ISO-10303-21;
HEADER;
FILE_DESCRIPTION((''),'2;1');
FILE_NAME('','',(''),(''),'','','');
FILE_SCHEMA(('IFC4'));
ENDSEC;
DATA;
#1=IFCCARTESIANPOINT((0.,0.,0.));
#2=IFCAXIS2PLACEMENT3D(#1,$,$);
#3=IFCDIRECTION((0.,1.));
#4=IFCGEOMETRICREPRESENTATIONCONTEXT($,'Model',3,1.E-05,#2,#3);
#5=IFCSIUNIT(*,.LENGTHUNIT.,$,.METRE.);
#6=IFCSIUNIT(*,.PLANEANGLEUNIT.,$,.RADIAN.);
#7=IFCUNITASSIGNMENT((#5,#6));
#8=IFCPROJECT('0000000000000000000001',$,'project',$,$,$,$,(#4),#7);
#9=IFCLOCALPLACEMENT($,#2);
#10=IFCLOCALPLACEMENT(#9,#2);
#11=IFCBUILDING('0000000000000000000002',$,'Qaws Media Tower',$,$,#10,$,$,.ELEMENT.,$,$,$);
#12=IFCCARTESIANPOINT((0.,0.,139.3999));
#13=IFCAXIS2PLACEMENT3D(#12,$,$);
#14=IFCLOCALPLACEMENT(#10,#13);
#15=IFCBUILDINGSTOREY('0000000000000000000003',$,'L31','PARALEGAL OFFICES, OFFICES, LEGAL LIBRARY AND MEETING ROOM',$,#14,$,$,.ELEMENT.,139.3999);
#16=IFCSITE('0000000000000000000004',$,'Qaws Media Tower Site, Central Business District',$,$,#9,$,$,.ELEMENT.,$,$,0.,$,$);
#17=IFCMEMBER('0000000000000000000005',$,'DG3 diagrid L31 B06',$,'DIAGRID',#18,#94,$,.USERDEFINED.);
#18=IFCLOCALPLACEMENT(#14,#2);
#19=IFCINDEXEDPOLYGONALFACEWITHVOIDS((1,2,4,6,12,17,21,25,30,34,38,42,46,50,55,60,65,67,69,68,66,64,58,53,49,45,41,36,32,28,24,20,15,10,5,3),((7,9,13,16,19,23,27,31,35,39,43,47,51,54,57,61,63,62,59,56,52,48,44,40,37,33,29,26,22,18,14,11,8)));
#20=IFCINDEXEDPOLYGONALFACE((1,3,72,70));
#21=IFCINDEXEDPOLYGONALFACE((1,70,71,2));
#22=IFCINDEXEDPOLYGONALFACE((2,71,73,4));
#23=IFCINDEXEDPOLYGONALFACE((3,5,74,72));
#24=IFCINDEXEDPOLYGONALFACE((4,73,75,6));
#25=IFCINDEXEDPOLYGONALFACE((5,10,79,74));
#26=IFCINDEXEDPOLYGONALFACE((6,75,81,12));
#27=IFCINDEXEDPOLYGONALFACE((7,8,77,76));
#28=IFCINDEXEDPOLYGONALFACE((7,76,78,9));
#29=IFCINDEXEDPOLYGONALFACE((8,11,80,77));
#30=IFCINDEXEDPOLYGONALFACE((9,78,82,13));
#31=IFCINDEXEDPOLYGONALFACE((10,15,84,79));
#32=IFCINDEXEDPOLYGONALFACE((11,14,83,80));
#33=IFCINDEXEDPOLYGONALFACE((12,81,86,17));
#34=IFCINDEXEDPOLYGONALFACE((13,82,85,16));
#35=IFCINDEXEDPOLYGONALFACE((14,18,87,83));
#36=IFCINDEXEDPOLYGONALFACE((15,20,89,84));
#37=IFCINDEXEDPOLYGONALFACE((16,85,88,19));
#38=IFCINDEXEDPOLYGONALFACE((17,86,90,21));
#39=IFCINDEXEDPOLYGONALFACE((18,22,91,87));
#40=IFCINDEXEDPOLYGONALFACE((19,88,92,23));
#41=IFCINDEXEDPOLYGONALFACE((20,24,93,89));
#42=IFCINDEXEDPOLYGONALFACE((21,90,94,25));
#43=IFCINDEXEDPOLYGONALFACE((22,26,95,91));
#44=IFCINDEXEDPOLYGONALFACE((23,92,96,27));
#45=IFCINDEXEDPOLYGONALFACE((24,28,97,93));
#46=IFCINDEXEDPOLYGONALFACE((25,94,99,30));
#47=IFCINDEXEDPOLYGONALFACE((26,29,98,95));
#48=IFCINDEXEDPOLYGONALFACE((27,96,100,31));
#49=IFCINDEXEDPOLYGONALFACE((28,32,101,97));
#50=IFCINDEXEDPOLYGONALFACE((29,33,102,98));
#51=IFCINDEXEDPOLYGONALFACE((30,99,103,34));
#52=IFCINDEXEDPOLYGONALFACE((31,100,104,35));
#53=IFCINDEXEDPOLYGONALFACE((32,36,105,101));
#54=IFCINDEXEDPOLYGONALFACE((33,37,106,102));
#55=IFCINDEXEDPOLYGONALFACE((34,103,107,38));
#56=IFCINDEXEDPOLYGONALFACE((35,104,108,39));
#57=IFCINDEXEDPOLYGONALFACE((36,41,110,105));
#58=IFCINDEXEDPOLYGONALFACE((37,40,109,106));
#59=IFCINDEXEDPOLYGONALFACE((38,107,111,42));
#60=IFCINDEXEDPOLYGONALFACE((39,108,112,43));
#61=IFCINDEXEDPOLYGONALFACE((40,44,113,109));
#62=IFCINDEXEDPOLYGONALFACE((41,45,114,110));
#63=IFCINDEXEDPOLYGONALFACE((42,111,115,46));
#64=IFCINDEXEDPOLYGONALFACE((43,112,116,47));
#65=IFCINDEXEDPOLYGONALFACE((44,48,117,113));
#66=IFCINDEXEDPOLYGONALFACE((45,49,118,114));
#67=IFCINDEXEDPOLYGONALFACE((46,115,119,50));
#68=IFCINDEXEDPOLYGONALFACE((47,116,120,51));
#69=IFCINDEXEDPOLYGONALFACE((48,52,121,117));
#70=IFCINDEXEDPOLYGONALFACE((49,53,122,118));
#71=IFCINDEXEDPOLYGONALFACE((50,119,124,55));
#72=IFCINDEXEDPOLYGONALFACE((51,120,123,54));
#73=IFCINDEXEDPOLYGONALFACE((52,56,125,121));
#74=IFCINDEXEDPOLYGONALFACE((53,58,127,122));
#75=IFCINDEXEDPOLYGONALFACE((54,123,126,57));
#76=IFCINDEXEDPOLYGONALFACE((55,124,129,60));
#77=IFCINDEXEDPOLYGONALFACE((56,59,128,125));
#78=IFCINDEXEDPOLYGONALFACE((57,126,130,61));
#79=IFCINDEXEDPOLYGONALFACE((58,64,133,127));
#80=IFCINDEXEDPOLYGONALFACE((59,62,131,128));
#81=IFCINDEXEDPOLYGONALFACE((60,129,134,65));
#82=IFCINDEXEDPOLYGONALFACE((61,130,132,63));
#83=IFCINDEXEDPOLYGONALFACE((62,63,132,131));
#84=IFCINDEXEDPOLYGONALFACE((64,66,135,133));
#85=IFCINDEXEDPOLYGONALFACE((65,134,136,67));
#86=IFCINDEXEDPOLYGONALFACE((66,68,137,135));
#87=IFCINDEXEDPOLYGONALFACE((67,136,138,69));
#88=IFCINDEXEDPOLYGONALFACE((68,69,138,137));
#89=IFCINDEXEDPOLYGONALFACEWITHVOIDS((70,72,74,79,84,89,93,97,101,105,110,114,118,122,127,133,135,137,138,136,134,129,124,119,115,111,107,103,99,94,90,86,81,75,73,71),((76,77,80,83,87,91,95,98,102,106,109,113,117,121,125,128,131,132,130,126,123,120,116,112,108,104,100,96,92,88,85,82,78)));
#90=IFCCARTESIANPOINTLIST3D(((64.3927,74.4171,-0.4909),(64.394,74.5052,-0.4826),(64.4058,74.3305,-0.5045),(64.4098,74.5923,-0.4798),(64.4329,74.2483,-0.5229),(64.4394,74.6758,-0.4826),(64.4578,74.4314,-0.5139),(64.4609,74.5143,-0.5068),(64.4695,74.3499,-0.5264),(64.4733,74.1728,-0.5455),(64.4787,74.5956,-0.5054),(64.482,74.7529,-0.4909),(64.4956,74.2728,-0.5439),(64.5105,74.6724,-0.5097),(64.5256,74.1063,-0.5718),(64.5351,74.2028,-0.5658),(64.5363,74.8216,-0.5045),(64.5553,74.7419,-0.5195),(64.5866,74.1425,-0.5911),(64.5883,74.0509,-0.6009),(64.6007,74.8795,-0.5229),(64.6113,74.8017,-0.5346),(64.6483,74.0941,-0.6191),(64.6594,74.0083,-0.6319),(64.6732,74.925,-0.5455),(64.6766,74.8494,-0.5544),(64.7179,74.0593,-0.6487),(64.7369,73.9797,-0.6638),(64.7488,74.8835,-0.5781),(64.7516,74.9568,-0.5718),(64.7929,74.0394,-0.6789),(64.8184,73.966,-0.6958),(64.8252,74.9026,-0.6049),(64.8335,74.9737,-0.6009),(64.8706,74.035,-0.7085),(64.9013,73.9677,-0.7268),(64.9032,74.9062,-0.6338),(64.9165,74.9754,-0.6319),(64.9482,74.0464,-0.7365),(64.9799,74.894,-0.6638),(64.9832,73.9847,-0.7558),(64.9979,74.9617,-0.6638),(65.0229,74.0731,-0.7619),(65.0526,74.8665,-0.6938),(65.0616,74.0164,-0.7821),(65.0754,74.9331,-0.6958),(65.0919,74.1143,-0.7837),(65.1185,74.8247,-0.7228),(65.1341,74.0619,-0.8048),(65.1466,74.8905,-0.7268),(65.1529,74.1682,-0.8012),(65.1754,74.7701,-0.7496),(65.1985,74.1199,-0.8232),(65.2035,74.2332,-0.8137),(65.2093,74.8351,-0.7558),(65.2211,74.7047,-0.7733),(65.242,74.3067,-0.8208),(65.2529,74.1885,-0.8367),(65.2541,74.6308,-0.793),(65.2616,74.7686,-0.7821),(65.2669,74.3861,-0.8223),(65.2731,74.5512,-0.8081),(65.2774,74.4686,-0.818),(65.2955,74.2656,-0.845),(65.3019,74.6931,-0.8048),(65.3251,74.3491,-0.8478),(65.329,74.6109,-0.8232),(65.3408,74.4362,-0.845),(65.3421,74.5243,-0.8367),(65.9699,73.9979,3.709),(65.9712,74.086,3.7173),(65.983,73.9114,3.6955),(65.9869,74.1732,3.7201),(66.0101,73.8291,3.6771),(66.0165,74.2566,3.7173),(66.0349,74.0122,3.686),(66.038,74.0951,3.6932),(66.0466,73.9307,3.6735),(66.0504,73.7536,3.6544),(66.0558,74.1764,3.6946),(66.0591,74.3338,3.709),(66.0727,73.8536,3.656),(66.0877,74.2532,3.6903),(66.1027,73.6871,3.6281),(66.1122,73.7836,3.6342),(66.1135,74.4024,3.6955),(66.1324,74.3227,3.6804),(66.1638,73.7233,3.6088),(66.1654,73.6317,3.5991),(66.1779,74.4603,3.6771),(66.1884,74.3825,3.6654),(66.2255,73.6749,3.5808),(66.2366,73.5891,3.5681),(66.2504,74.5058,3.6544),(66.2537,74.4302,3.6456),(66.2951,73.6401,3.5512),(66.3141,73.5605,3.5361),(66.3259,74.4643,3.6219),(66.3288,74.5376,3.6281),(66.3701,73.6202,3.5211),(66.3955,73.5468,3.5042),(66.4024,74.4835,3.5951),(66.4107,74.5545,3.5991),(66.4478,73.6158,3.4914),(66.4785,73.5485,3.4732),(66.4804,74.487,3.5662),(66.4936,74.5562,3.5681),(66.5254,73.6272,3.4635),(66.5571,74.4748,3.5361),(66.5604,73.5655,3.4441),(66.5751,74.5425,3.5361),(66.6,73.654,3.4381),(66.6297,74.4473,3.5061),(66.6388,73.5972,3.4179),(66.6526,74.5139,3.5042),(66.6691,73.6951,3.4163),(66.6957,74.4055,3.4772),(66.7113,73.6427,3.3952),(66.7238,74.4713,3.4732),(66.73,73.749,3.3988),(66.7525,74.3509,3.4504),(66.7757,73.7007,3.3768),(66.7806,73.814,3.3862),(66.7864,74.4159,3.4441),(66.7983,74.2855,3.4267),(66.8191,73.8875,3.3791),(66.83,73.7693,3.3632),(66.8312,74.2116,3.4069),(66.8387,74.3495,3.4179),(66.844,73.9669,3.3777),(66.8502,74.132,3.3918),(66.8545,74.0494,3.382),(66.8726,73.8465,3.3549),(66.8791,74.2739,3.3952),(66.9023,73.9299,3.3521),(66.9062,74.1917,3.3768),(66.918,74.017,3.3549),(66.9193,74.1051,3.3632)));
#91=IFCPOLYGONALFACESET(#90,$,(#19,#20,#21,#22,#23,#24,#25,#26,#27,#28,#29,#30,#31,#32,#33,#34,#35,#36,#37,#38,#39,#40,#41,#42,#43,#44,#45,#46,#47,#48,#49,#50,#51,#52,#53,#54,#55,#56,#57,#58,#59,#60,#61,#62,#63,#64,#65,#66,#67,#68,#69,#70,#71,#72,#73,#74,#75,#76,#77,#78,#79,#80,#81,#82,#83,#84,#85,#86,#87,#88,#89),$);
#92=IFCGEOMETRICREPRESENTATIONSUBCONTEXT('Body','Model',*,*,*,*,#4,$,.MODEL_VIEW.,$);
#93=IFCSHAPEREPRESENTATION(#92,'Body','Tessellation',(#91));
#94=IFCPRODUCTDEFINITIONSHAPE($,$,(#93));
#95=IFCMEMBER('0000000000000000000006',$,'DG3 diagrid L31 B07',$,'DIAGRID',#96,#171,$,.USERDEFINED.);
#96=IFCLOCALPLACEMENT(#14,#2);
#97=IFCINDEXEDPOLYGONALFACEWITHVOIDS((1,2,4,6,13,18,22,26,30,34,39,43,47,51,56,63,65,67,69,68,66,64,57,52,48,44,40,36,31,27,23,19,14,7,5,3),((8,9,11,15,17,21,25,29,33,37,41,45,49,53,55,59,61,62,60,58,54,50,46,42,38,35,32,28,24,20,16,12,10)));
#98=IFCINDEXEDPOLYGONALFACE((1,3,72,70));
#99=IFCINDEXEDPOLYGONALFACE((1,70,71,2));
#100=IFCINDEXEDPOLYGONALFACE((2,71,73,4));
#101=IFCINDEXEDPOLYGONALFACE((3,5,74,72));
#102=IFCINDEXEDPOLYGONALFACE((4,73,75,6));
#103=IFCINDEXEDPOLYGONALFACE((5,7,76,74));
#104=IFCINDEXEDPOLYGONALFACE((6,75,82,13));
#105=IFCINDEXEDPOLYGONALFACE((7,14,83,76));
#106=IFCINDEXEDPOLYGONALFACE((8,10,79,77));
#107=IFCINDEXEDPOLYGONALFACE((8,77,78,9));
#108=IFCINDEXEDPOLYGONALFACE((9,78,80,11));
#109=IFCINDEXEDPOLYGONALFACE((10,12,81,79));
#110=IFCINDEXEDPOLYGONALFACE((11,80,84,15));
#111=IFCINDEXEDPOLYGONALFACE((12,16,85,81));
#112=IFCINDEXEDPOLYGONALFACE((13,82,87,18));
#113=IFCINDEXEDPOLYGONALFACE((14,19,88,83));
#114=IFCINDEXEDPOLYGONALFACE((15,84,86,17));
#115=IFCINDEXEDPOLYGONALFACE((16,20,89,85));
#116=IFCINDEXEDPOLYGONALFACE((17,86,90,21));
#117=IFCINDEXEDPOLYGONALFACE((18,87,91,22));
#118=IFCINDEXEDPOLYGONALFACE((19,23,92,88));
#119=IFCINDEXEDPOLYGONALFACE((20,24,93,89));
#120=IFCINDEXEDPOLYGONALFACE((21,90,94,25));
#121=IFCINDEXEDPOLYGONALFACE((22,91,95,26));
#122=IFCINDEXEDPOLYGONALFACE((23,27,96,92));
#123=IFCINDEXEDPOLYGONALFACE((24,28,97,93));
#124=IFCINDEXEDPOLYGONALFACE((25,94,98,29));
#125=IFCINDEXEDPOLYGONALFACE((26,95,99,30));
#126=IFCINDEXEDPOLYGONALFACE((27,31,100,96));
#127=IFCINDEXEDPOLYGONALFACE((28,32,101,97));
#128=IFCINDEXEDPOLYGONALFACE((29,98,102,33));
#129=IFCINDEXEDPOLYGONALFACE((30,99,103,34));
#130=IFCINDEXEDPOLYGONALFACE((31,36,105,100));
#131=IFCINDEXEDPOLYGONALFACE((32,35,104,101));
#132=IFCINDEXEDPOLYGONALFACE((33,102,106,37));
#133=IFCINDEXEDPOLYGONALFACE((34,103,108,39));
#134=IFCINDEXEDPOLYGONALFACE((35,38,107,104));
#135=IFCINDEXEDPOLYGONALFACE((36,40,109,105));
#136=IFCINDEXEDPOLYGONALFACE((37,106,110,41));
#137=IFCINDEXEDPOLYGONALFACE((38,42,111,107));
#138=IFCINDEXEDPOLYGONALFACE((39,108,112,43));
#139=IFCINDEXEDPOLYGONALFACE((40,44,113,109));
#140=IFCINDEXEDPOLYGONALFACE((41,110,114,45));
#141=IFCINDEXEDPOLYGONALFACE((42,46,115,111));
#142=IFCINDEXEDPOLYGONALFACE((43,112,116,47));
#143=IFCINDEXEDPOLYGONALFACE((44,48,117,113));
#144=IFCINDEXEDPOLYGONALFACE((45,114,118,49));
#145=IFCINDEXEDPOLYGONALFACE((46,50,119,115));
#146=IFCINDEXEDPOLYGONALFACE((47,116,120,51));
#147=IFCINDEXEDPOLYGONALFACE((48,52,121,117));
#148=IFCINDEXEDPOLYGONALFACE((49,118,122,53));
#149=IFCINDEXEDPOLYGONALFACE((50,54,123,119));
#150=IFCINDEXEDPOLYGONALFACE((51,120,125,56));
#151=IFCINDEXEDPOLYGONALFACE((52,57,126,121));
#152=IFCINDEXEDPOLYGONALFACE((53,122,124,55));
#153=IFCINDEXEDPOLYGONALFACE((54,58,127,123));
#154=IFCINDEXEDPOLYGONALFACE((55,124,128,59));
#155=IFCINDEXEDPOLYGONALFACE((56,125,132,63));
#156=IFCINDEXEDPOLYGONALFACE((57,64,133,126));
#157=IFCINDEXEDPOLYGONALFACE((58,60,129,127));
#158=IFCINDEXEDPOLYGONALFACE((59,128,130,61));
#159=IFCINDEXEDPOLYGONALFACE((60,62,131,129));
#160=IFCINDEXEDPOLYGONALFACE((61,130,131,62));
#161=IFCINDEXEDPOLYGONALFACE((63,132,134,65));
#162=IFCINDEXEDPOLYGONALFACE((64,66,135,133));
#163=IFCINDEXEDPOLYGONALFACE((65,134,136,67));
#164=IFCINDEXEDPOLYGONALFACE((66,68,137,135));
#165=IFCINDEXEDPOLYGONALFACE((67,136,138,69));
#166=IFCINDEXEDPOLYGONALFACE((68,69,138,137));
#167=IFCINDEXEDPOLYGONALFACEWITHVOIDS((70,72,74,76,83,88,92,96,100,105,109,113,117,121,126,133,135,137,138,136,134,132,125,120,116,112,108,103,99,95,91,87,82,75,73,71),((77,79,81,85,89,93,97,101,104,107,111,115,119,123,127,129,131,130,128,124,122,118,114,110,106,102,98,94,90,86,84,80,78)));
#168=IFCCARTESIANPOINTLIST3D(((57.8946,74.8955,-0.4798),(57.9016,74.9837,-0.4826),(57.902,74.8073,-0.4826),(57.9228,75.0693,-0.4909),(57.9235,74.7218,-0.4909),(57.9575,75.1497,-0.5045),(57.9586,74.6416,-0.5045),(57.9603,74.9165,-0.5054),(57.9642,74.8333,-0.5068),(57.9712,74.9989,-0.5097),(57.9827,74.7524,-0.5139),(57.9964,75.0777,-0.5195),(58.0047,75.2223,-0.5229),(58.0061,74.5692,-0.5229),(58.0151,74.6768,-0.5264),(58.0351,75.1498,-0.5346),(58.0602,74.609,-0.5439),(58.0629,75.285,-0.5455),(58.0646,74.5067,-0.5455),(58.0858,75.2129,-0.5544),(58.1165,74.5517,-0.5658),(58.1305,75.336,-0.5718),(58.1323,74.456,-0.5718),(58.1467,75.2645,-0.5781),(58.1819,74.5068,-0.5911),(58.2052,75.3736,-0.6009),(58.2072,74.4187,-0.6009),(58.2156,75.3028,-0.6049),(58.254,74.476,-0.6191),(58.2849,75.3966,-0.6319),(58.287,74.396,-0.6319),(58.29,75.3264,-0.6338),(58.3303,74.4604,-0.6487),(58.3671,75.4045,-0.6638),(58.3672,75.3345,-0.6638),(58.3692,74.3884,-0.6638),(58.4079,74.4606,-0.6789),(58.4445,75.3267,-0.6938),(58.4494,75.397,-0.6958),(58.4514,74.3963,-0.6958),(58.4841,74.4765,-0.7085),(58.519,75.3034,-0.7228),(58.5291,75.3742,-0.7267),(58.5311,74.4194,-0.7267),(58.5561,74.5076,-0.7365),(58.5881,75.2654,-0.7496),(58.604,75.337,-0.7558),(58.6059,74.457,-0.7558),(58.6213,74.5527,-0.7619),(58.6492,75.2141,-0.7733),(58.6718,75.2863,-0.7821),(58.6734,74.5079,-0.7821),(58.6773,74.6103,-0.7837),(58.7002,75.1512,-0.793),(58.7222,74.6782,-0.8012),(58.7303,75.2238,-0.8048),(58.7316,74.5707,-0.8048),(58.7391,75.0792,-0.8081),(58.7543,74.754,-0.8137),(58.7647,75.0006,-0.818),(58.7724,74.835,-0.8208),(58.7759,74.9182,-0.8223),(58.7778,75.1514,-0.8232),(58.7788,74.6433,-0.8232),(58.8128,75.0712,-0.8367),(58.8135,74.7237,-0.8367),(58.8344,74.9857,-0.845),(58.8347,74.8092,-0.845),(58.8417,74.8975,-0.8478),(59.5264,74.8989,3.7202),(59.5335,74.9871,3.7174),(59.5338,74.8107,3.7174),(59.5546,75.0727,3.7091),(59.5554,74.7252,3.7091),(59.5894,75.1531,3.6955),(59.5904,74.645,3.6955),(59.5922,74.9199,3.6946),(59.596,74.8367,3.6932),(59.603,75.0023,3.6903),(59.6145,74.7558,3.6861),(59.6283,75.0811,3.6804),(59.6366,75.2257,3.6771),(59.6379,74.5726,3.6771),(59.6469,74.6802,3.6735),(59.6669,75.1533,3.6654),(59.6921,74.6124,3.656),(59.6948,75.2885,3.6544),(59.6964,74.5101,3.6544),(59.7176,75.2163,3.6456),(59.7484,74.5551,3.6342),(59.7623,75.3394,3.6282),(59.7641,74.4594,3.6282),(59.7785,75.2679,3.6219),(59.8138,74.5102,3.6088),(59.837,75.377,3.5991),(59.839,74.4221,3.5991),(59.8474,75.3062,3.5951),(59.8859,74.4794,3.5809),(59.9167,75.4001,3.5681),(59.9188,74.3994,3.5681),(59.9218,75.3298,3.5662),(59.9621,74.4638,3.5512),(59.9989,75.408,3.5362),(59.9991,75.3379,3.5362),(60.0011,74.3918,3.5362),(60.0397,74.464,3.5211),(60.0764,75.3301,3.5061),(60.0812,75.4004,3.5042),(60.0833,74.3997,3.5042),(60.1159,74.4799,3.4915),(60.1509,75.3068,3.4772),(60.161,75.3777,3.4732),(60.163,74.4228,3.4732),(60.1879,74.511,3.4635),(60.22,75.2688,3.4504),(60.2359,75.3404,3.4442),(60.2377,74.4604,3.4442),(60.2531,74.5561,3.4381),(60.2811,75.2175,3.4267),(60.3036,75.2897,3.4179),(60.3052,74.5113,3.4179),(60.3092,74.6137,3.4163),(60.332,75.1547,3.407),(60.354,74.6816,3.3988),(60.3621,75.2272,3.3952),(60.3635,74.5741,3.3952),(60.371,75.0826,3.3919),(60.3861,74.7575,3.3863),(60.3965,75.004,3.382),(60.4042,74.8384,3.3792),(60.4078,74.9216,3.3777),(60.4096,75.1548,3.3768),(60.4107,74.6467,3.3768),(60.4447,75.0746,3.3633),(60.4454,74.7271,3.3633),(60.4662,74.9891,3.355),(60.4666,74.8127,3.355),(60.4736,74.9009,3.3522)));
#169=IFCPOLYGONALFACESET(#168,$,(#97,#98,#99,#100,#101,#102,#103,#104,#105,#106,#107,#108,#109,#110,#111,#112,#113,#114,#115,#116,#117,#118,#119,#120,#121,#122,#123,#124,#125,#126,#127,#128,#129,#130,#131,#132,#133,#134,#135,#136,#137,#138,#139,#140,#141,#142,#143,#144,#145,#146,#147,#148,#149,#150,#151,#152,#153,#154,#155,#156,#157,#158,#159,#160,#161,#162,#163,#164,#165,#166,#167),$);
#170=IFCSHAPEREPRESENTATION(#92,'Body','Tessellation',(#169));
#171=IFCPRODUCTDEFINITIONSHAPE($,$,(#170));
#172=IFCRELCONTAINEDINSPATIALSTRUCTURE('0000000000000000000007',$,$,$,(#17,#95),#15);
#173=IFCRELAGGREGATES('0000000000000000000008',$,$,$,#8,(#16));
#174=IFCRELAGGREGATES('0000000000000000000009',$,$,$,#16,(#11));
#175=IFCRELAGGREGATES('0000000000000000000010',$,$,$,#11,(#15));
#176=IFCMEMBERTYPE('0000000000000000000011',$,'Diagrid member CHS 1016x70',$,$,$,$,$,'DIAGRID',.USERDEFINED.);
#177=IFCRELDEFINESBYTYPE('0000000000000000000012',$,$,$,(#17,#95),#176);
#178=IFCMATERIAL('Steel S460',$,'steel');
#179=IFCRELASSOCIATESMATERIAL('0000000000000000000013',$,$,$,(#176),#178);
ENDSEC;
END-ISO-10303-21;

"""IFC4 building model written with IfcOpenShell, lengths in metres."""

from ifc_helpers import new_model, si_unit, direction, frame, origin, origin_2d, place, context, subcontext, project, spatial, hollow_circle, extrude, material, material_profile, profile_set, type_object, element, save


model = new_model("IFC4")

# Units and contexts
model_context = context("Model", 3, precision=1e-05, world=origin(), true_north=direction((0.0, 1.0)))
body_context = subcontext(model_context, "Body", "Model", "MODEL_VIEW")
ifc_project = project(units=[si_unit("LENGTHUNIT", "METRE"), si_unit("PLANEANGLEUNIT", "RADIAN")], contexts=[model_context])

# Site, building, storey
site_placement = place(None, origin())
site = spatial("IfcSite", under=ifc_project, at=site_placement, Name="Qaws Media Tower Site, Central Business District", CompositionType="ELEMENT", RefElevation=0.0)
building_placement = place(site_placement, origin())
building = spatial("IfcBuilding", under=site, at=building_placement, Name="Qaws Media Tower", CompositionType="ELEMENT")
storey_placement = place(building_placement, frame((0.0, 0.0, 139.3999)))
storey = spatial("IfcBuildingStorey", under=building, at=storey_placement, Name="L31", Description="PARALEGAL OFFICES, OFFICES, LEGAL LIBRARY AND MEETING ROOM", CompositionType="ELEMENT", Elevation=139.3999)

# Members
ifc_material_1 = material(Name="Steel S460", Category="steel")
ifc_material_profile_1 = material_profile(ifc_material_1, hollow_circle(Radius=0.5081, WallThickness=0.0701, at=origin_2d()), Name="CHS 1016x70")
ifc_profile_set_1 = profile_set([ifc_material_profile_1], Name="Steel S460")
member_type_1 = type_object("IfcMemberType", Name="Diagrid member CHS 1016x70", ElementType="DIAGRID", PredefinedType="USERDEFINED", material=ifc_profile_set_1)
for number, where, z_axis, x_axis, name in (
    (1, (64.8674, 74.4707, -0.6638), (0.350022, -0.093032, 0.93211), (0.256871, 0.966446, 0.0), "DG3 diagrid L31 B06"),
    (2, (58.3682, 74.8965, -0.6638), (0.362161, 0.000759, 0.932115), (-0.002095, 0.999998, 0.0), "DG3 diagrid L31 B07"),
):
    element("IfcMember", number, at=place(storey_placement, frame(where, z_axis=z_axis, x_axis=x_axis)), inside=storey, type_object=member_type_1, Name=name, ObjectType="DIAGRID", PredefinedType="USERDEFINED", context=body_context, shape_type="SweptSolid", body=[
        extrude(hollow_circle(Radius=0.5081, WallThickness=0.0701, at=origin_2d()), origin(), (0.0, 0.0, 1.0), 4.5059),
    ])

save(model, "model.ifc")
